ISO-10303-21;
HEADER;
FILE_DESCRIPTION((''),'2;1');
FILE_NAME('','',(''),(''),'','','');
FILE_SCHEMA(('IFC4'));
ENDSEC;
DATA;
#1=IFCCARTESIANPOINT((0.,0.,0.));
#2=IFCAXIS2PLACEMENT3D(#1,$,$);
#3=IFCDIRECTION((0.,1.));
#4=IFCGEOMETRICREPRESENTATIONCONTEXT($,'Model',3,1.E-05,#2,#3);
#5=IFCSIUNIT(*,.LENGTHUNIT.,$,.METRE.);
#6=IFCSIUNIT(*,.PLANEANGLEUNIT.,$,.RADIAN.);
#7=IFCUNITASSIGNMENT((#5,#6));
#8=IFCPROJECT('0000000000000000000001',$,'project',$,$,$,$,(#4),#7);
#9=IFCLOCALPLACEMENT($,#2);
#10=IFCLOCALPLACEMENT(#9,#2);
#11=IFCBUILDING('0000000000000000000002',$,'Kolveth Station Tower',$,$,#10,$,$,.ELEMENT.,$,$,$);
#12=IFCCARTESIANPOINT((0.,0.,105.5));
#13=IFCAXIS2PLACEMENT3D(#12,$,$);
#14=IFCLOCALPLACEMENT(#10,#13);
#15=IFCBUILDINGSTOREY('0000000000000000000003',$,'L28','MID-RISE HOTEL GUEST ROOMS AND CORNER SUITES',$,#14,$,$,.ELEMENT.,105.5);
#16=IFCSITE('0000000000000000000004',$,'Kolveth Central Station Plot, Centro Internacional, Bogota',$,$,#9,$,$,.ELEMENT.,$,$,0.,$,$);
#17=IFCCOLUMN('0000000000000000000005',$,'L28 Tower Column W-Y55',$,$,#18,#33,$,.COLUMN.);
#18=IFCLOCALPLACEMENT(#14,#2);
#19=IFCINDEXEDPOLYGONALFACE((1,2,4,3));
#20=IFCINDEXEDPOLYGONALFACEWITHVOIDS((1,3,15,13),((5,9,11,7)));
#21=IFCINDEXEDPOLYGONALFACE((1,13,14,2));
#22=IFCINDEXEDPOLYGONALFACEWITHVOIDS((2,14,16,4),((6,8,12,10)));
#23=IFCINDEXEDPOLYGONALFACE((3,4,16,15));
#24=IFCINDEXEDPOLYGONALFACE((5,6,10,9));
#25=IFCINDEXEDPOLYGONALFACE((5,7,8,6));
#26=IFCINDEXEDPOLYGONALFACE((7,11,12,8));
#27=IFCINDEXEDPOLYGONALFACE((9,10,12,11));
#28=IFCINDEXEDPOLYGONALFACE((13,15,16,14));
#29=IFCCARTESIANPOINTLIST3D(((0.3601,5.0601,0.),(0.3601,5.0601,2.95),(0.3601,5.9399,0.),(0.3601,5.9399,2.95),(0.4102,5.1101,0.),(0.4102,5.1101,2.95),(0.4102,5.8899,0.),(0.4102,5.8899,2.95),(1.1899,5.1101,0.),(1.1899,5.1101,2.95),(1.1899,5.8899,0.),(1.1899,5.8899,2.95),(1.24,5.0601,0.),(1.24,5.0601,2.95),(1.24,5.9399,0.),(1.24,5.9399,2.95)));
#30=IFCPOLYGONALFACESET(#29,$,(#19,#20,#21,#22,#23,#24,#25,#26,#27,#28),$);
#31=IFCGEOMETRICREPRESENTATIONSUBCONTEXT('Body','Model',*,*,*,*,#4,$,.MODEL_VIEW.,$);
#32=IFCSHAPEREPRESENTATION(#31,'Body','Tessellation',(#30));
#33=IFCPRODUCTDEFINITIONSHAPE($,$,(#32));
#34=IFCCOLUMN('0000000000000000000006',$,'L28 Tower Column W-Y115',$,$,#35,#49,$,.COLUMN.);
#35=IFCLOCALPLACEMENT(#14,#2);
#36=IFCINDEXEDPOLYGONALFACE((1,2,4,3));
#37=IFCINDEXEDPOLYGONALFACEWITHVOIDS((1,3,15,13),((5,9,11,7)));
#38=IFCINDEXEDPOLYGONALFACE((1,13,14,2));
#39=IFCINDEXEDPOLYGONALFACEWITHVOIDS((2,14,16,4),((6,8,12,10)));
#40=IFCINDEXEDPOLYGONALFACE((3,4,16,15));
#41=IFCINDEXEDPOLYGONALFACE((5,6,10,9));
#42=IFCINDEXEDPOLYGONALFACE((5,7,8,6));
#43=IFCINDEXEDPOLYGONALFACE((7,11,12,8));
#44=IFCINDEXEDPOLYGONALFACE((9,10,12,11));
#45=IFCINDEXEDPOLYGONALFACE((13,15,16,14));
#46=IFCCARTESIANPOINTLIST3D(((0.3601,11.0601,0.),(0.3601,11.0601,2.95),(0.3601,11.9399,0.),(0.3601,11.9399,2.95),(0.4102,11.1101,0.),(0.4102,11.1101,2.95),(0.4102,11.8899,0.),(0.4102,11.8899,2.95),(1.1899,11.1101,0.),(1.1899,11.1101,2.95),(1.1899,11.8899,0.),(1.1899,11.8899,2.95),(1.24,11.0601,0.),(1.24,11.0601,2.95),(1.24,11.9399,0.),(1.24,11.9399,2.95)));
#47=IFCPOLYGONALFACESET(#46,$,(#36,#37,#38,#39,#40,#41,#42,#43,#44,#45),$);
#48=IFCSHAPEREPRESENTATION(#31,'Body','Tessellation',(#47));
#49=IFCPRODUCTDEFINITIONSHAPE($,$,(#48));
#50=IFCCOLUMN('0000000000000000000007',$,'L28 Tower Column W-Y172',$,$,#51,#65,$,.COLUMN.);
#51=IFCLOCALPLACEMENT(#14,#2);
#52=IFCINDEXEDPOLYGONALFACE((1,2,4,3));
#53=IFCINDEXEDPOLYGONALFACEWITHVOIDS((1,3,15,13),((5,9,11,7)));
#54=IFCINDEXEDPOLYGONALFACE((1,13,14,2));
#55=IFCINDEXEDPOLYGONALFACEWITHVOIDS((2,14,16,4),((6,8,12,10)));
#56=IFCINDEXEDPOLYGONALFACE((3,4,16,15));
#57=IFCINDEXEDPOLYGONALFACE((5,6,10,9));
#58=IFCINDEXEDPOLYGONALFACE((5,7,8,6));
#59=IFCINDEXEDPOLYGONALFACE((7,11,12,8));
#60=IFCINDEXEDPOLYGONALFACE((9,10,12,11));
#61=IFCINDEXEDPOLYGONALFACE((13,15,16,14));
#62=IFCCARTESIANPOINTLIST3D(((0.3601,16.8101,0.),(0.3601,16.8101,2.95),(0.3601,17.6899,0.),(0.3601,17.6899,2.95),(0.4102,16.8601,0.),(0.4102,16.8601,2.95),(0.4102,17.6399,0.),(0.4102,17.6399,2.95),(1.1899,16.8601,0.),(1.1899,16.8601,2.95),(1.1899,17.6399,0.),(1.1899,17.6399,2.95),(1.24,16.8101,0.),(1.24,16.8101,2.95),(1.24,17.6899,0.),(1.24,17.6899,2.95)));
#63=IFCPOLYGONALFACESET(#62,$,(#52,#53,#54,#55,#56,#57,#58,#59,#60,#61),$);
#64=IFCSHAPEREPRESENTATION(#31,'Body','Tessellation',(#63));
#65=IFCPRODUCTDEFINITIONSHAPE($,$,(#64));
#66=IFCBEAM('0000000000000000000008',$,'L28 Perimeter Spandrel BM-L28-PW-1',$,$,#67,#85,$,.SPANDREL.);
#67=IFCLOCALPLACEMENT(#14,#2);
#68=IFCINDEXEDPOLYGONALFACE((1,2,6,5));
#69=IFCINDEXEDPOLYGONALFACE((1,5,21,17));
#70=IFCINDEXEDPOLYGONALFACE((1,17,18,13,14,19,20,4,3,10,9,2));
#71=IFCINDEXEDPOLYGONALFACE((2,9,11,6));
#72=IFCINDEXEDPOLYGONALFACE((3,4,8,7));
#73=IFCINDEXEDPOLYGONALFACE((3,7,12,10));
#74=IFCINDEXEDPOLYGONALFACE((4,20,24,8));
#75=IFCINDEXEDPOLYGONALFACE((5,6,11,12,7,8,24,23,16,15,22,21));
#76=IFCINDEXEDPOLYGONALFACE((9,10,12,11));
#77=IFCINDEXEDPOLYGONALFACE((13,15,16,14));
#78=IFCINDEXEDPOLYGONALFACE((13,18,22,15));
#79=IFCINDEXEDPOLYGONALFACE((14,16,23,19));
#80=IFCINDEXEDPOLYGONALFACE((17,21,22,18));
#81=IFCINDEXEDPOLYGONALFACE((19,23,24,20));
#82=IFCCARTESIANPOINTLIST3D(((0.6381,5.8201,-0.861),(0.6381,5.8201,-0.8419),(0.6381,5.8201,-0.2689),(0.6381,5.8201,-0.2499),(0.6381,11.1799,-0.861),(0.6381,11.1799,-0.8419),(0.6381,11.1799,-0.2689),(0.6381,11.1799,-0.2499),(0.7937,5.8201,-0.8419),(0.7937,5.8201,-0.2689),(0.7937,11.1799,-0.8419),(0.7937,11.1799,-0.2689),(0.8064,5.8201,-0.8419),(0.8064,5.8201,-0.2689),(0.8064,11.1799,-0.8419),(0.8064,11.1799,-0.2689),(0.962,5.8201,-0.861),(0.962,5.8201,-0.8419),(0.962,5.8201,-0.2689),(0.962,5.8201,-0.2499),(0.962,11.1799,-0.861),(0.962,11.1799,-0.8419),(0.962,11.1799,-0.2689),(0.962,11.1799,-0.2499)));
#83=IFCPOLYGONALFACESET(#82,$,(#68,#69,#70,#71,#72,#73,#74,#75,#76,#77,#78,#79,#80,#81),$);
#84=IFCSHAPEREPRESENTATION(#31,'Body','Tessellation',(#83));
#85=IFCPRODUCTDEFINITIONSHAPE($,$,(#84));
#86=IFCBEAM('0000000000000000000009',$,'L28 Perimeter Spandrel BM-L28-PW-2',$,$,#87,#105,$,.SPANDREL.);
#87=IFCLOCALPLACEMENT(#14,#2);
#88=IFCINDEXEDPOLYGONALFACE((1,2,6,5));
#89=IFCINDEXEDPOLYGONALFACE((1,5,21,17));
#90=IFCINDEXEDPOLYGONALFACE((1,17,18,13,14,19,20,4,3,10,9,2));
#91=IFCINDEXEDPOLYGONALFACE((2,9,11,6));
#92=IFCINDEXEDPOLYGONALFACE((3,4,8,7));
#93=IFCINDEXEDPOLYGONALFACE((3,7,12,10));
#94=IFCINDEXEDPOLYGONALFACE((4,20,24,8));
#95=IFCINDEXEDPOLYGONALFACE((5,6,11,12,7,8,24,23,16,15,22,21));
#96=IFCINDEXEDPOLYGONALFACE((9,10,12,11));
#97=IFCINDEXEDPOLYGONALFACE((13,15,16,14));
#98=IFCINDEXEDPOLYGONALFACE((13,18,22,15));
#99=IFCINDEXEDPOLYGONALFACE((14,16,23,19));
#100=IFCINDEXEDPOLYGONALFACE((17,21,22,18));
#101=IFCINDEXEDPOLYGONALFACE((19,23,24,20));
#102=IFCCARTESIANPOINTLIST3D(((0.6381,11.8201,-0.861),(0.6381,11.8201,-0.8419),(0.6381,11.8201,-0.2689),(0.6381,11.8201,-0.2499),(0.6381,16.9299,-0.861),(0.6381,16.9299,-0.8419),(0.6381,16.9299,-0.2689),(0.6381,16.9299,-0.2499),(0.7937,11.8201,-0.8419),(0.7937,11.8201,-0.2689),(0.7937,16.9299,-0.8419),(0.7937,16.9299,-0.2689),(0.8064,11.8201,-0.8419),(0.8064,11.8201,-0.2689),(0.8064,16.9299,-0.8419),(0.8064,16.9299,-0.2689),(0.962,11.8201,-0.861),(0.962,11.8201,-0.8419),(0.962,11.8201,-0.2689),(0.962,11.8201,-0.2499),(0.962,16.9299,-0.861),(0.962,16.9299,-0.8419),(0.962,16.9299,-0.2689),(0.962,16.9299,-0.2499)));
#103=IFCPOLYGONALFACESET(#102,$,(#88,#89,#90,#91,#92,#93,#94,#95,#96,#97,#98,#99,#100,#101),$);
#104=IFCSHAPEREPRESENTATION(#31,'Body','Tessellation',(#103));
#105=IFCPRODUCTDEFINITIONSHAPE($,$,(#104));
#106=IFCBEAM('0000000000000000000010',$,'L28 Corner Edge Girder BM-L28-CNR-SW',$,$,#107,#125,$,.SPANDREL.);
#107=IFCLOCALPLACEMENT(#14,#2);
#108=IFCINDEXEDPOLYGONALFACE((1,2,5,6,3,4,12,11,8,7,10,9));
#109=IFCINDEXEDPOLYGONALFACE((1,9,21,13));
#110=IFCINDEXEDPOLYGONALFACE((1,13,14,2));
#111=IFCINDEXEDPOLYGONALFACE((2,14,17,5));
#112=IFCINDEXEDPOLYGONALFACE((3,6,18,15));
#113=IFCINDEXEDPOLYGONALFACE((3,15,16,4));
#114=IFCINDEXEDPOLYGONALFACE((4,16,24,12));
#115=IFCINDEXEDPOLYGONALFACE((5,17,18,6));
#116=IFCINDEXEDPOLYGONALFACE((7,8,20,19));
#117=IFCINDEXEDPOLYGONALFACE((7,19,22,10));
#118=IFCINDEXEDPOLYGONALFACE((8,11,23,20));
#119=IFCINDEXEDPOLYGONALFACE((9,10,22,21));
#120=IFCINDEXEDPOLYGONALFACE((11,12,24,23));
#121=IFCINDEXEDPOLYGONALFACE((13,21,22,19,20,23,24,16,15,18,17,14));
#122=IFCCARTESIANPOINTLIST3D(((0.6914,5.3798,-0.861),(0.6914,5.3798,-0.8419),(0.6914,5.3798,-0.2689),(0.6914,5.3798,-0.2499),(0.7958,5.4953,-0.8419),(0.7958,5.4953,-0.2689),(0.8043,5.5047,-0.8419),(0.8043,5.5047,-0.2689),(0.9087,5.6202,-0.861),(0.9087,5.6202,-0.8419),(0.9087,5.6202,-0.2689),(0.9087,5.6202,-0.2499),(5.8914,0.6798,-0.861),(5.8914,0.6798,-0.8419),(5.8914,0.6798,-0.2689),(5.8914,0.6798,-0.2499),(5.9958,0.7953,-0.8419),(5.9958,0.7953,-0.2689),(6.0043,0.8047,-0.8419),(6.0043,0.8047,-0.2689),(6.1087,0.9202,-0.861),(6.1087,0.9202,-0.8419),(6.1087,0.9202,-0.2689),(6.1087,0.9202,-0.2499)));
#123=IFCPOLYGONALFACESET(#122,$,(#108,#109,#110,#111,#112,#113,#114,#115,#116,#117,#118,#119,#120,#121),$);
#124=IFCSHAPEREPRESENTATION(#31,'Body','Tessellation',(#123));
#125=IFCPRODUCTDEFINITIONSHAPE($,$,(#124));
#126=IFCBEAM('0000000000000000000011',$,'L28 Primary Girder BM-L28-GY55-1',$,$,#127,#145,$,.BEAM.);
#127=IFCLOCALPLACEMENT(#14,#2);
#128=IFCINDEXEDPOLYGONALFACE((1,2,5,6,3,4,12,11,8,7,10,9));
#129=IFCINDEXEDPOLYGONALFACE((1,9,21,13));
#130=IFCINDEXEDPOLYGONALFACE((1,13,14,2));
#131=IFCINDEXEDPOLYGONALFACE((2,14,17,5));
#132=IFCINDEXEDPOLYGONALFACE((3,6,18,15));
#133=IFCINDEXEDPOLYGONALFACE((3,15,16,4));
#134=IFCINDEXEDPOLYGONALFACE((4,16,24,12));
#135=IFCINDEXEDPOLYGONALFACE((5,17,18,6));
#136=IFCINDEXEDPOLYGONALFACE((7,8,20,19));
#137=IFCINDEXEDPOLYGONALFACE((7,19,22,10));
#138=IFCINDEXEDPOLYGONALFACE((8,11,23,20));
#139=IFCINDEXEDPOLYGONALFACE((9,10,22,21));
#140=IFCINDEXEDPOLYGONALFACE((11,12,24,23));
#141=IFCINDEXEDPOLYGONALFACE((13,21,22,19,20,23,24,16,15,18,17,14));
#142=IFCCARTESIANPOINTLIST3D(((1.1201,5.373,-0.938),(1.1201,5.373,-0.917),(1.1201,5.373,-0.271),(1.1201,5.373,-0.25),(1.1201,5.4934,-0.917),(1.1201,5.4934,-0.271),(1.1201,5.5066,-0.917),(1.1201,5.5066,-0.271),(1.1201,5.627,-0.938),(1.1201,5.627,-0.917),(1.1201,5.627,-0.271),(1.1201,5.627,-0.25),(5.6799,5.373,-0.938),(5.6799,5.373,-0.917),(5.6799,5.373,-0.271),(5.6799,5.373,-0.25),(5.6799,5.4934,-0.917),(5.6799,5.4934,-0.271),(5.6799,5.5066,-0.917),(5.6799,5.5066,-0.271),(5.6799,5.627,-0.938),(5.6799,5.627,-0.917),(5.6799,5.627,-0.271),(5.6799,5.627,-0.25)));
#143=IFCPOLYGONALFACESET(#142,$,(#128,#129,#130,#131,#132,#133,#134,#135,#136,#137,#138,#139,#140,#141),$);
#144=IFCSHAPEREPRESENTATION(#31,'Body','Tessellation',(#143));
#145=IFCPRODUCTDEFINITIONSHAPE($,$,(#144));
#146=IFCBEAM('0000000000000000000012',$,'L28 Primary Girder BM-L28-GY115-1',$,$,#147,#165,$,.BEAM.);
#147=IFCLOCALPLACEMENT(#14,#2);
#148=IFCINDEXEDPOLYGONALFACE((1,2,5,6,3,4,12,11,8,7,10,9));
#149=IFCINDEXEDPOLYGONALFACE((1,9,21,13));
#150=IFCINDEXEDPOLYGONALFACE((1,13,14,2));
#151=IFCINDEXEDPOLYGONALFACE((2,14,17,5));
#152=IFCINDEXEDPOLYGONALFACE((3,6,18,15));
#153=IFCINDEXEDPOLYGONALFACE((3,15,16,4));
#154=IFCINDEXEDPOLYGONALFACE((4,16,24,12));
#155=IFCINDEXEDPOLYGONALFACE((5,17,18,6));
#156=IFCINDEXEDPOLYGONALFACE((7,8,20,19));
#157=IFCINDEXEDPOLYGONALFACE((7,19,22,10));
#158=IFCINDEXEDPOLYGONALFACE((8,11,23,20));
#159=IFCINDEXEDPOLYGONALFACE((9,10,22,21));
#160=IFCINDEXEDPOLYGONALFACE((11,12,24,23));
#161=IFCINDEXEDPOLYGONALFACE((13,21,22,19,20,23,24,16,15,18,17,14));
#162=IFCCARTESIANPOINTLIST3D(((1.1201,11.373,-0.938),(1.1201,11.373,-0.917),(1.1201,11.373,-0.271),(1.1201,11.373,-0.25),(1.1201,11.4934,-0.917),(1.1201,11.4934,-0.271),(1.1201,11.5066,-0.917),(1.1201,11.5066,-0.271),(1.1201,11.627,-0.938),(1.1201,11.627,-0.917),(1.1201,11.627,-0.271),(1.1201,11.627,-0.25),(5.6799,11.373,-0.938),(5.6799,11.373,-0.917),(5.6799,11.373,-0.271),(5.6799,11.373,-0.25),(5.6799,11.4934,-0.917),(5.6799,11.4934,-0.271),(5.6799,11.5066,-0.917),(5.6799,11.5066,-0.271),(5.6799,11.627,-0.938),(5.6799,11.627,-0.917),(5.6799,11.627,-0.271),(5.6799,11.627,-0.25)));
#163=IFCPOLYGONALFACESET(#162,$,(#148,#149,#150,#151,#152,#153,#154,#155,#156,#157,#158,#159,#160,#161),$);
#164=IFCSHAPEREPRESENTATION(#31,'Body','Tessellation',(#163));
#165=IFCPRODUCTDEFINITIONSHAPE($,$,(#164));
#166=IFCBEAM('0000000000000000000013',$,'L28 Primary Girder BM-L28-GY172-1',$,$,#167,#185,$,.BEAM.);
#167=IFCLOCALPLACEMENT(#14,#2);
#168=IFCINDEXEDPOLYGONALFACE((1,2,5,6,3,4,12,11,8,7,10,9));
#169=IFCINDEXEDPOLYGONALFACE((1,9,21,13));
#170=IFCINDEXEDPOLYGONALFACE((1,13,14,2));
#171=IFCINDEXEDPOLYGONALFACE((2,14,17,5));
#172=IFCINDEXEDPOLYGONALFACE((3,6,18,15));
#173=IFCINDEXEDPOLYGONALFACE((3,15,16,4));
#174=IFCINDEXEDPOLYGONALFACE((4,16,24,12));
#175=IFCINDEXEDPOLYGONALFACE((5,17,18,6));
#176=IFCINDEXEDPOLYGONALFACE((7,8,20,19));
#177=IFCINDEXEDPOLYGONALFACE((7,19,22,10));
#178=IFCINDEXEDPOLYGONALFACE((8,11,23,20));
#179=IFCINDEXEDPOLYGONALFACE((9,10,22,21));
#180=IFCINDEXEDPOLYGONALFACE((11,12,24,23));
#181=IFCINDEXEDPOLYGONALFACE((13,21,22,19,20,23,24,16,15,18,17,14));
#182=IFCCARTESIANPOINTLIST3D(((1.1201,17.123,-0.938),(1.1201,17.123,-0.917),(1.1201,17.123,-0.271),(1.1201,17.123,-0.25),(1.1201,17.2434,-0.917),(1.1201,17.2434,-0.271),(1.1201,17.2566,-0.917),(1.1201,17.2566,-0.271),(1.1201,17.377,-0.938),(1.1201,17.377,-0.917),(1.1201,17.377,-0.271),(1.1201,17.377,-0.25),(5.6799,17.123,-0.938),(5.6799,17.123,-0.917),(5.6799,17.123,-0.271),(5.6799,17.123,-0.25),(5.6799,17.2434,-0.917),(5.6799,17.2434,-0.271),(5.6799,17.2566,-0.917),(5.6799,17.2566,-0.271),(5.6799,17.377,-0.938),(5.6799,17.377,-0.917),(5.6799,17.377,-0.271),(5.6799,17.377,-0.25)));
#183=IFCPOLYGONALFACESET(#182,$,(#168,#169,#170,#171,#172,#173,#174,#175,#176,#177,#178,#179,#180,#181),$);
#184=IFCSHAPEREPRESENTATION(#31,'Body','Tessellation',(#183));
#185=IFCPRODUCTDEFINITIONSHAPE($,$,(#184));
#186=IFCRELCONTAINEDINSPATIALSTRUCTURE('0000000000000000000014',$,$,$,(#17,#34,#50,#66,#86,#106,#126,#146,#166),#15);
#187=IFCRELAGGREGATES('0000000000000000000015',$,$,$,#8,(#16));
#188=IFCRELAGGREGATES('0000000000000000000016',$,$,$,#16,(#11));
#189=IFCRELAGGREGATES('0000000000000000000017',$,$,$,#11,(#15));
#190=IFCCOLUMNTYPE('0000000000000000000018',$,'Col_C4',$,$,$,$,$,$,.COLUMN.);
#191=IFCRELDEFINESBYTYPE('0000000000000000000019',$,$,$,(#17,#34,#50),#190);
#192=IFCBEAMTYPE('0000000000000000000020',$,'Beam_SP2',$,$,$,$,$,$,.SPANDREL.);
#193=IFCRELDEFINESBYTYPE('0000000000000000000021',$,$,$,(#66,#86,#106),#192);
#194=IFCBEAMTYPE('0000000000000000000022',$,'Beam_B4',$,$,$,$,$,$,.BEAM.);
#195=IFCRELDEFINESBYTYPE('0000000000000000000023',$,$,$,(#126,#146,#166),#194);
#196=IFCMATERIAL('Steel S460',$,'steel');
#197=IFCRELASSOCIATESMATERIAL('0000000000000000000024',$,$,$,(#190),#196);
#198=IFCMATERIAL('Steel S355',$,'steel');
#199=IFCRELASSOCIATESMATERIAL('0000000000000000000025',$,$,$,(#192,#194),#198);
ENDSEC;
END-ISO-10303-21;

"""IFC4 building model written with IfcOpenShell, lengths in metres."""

from ifc_helpers import new_model, si_unit, direction, frame, origin, origin_2d, place, context, subcontext, project, spatial, hollow_rectangle, i_section, extrude, source, transform, mapped, material, material_profile, profile_set, type_object, element, save


model = new_model("IFC4")

# Units and contexts
model_context = context("Model", 3, precision=1e-05, world=origin(), true_north=direction((0.0, 1.0)))
body_context = subcontext(model_context, "Body", "Model", "MODEL_VIEW")
ifc_project = project(units=[si_unit("LENGTHUNIT", "METRE"), si_unit("PLANEANGLEUNIT", "RADIAN")], contexts=[model_context])

# Site, building, storey
site_placement = place(None, origin())
site = spatial("IfcSite", under=ifc_project, at=site_placement, Name="Kolveth Central Station Plot, Centro Internacional, Bogota", CompositionType="ELEMENT", RefElevation=0.0)
building_placement = place(site_placement, origin())
building = spatial("IfcBuilding", under=site, at=building_placement, Name="Kolveth Station Tower", CompositionType="ELEMENT")
storey_placement = place(building_placement, frame((0.0, 0.0, 105.5)))
storey = spatial("IfcBuildingStorey", under=building, at=storey_placement, Name="L28", Description="MID-RISE HOTEL GUEST ROOMS AND CORNER SUITES", CompositionType="ELEMENT", Elevation=105.5)

# Columns
ifc_material_1 = material(Name="Steel S460", Category="steel")
ifc_material_profile_1 = material_profile(ifc_material_1, hollow_rectangle(XDim=0.8799, YDim=0.8799, WallThickness=0.05, at=origin_2d()), Name="BOX880x880x50")
ifc_profile_set_1 = profile_set([ifc_material_profile_1], Name="Steel S460")
column_type = type_object("IfcColumnType", Name="Col_C4", PredefinedType="COLUMN", material=ifc_profile_set_1)
shared_shape_1 = source(origin(), body_context, "Body", "SweptSolid", [
    extrude(hollow_rectangle(XDim=0.8799, YDim=0.8799, WallThickness=0.05, at=origin_2d()), origin(), (0.0, 0.0, 1.0), 2.95),
])
for number, where, z_axis, x_axis, name in (
    (1, (0.8, 5.5, 0.0), (0.0, 0.0, 1.0), (1.0, 0.0, 0.0), "L28 Tower Column W-Y55"),
    (2, (0.8, 11.5, 0.0), (0.0, 0.0, 1.0), (1.0, 0.0, 0.0), "L28 Tower Column W-Y115"),
    (3, (0.8, 17.25, 0.0), (0.0, 0.0, 1.0), (1.0, 0.0, 0.0), "L28 Tower Column W-Y172"),
):
    element("IfcColumn", number, at=place(storey_placement, frame(where, z_axis=z_axis, x_axis=x_axis)), inside=storey, type_object=column_type, Name=name, PredefinedType="COLUMN", context=body_context, shape_type="MappedRepresentation", body=[
        mapped(shared_shape_1, transform((0.0, 0.0, 0.0), x_axis=(1.0, 0.0, 0.0), y_axis=(0.0, 1.0, 0.0), z_axis=(0.0, 0.0, 1.0), scale=1.0)),
    ])

# Beams
ifc_material_2 = material(Name="Steel S355", Category="steel")
ifc_material_profile_2 = material_profile(ifc_material_2, i_section(OverallWidth=0.324, OverallDepth=0.6111, WebThickness=0.0127, FlangeThickness=0.019, at=origin_2d()), Name="W610x155")
ifc_profile_set_2 = profile_set([ifc_material_profile_2], Name="Steel S355")
beam_type_1 = type_object("IfcBeamType", Name="Beam_SP2", PredefinedType="SPANDREL", material=ifc_profile_set_2)
shared_shape_2 = source(origin(), body_context, "Body", "SweptSolid", [
    extrude(i_section(OverallWidth=0.324, OverallDepth=0.6111, WebThickness=0.0127, FlangeThickness=0.019, at=origin_2d()), origin(), (0.0, 0.0, 1.0), 5.3599),
])
beam_1_placement = place(storey_placement, frame((0.8, 5.8201, -0.5554), z_axis=(0.0, 1.0, 0.0), x_axis=(-1.0, 0.0, 0.0)))
element("IfcBeam", 4, at=beam_1_placement, inside=storey, type_object=beam_type_1, Name="L28 Perimeter Spandrel BM-L28-PW-1", PredefinedType="SPANDREL", context=body_context, shape_type="MappedRepresentation", body=[
    mapped(shared_shape_2, transform((0.0, 0.0, 0.0), x_axis=(1.0, 0.0, 0.0), y_axis=(0.0, 1.0, 0.0), z_axis=(0.0, 0.0, 1.0), scale=1.0)),
])
shared_shape_3 = source(origin(), body_context, "Body", "SweptSolid", [
    extrude(i_section(OverallWidth=0.324, OverallDepth=0.6111, WebThickness=0.0127, FlangeThickness=0.019, at=origin_2d()), origin(), (0.0, 0.0, 1.0), 5.1099),
])
beam_2_placement = place(storey_placement, frame((0.8, 11.8201, -0.5554), z_axis=(0.0, 1.0, 0.0), x_axis=(-1.0, 0.0, 0.0)))
element("IfcBeam", 5, at=beam_2_placement, inside=storey, type_object=beam_type_1, Name="L28 Perimeter Spandrel BM-L28-PW-2", PredefinedType="SPANDREL", context=body_context, shape_type="MappedRepresentation", body=[
    mapped(shared_shape_3, transform((0.0, 0.0, 0.0), x_axis=(1.0, 0.0, 0.0), y_axis=(0.0, 1.0, 0.0), z_axis=(0.0, 0.0, 1.0), scale=1.0)),
])
shared_shape_4 = source(origin(), body_context, "Body", "SweptSolid", [
    extrude(i_section(OverallWidth=0.324, OverallDepth=0.6111, WebThickness=0.0127, FlangeThickness=0.019, at=origin_2d()), origin(), (0.0, 0.0, 1.0), 7.0093),
])
beam_3_placement = place(storey_placement, frame((0.8, 5.5, -0.5554), z_axis=(0.741874, -0.670539, 0.0), x_axis=(0.670539, 0.741874, 0.0)))
element("IfcBeam", 6, at=beam_3_placement, inside=storey, type_object=beam_type_1, Name="L28 Corner Edge Girder BM-L28-CNR-SW", PredefinedType="SPANDREL", context=body_context, shape_type="MappedRepresentation", body=[
    mapped(shared_shape_4, transform((0.0, 0.0, 0.0), x_axis=(1.0, 0.0, 0.0), y_axis=(0.0, 1.0, 0.0), z_axis=(0.0, 0.0, 1.0), scale=1.0)),
])
ifc_material_profile_3 = material_profile(ifc_material_2, i_section(OverallWidth=0.2539, OverallDepth=0.688, WebThickness=0.0132, FlangeThickness=0.021, at=origin_2d()), Name="W690x152")
ifc_profile_set_3 = profile_set([ifc_material_profile_3], Name="Steel S355")
beam_type_2 = type_object("IfcBeamType", Name="Beam_B4", PredefinedType="BEAM", material=ifc_profile_set_3)
shared_shape_5 = source(origin(), body_context, "Body", "SweptSolid", [
    extrude(i_section(OverallWidth=0.2539, OverallDepth=0.688, WebThickness=0.0132, FlangeThickness=0.021, at=origin_2d()), origin(), (0.0, 0.0, 1.0), 4.5598),
])
for number, where, z_axis, x_axis, name in (
    (7, (1.1201, 5.5, -0.594), (1.0, 0.0, 0.0), (0.0, 1.0, 0.0), "L28 Primary Girder BM-L28-GY55-1"),
    (8, (1.1201, 11.5, -0.594), (1.0, 0.0, 0.0), (0.0, 1.0, 0.0), "L28 Primary Girder BM-L28-GY115-1"),
    (9, (1.1201, 17.25, -0.594), (1.0, 0.0, 0.0), (0.0, 1.0, 0.0), "L28 Primary Girder BM-L28-GY172-1"),
):
    element("IfcBeam", number, at=place(storey_placement, frame(where, z_axis=z_axis, x_axis=x_axis)), inside=storey, type_object=beam_type_2, Name=name, PredefinedType="BEAM", context=body_context, shape_type="MappedRepresentation", body=[
        mapped(shared_shape_5, transform((0.0, 0.0, 0.0), x_axis=(1.0, 0.0, 0.0), y_axis=(0.0, 1.0, 0.0), z_axis=(0.0, 0.0, 1.0), scale=1.0)),
    ])

save(model, "model.ifc")
